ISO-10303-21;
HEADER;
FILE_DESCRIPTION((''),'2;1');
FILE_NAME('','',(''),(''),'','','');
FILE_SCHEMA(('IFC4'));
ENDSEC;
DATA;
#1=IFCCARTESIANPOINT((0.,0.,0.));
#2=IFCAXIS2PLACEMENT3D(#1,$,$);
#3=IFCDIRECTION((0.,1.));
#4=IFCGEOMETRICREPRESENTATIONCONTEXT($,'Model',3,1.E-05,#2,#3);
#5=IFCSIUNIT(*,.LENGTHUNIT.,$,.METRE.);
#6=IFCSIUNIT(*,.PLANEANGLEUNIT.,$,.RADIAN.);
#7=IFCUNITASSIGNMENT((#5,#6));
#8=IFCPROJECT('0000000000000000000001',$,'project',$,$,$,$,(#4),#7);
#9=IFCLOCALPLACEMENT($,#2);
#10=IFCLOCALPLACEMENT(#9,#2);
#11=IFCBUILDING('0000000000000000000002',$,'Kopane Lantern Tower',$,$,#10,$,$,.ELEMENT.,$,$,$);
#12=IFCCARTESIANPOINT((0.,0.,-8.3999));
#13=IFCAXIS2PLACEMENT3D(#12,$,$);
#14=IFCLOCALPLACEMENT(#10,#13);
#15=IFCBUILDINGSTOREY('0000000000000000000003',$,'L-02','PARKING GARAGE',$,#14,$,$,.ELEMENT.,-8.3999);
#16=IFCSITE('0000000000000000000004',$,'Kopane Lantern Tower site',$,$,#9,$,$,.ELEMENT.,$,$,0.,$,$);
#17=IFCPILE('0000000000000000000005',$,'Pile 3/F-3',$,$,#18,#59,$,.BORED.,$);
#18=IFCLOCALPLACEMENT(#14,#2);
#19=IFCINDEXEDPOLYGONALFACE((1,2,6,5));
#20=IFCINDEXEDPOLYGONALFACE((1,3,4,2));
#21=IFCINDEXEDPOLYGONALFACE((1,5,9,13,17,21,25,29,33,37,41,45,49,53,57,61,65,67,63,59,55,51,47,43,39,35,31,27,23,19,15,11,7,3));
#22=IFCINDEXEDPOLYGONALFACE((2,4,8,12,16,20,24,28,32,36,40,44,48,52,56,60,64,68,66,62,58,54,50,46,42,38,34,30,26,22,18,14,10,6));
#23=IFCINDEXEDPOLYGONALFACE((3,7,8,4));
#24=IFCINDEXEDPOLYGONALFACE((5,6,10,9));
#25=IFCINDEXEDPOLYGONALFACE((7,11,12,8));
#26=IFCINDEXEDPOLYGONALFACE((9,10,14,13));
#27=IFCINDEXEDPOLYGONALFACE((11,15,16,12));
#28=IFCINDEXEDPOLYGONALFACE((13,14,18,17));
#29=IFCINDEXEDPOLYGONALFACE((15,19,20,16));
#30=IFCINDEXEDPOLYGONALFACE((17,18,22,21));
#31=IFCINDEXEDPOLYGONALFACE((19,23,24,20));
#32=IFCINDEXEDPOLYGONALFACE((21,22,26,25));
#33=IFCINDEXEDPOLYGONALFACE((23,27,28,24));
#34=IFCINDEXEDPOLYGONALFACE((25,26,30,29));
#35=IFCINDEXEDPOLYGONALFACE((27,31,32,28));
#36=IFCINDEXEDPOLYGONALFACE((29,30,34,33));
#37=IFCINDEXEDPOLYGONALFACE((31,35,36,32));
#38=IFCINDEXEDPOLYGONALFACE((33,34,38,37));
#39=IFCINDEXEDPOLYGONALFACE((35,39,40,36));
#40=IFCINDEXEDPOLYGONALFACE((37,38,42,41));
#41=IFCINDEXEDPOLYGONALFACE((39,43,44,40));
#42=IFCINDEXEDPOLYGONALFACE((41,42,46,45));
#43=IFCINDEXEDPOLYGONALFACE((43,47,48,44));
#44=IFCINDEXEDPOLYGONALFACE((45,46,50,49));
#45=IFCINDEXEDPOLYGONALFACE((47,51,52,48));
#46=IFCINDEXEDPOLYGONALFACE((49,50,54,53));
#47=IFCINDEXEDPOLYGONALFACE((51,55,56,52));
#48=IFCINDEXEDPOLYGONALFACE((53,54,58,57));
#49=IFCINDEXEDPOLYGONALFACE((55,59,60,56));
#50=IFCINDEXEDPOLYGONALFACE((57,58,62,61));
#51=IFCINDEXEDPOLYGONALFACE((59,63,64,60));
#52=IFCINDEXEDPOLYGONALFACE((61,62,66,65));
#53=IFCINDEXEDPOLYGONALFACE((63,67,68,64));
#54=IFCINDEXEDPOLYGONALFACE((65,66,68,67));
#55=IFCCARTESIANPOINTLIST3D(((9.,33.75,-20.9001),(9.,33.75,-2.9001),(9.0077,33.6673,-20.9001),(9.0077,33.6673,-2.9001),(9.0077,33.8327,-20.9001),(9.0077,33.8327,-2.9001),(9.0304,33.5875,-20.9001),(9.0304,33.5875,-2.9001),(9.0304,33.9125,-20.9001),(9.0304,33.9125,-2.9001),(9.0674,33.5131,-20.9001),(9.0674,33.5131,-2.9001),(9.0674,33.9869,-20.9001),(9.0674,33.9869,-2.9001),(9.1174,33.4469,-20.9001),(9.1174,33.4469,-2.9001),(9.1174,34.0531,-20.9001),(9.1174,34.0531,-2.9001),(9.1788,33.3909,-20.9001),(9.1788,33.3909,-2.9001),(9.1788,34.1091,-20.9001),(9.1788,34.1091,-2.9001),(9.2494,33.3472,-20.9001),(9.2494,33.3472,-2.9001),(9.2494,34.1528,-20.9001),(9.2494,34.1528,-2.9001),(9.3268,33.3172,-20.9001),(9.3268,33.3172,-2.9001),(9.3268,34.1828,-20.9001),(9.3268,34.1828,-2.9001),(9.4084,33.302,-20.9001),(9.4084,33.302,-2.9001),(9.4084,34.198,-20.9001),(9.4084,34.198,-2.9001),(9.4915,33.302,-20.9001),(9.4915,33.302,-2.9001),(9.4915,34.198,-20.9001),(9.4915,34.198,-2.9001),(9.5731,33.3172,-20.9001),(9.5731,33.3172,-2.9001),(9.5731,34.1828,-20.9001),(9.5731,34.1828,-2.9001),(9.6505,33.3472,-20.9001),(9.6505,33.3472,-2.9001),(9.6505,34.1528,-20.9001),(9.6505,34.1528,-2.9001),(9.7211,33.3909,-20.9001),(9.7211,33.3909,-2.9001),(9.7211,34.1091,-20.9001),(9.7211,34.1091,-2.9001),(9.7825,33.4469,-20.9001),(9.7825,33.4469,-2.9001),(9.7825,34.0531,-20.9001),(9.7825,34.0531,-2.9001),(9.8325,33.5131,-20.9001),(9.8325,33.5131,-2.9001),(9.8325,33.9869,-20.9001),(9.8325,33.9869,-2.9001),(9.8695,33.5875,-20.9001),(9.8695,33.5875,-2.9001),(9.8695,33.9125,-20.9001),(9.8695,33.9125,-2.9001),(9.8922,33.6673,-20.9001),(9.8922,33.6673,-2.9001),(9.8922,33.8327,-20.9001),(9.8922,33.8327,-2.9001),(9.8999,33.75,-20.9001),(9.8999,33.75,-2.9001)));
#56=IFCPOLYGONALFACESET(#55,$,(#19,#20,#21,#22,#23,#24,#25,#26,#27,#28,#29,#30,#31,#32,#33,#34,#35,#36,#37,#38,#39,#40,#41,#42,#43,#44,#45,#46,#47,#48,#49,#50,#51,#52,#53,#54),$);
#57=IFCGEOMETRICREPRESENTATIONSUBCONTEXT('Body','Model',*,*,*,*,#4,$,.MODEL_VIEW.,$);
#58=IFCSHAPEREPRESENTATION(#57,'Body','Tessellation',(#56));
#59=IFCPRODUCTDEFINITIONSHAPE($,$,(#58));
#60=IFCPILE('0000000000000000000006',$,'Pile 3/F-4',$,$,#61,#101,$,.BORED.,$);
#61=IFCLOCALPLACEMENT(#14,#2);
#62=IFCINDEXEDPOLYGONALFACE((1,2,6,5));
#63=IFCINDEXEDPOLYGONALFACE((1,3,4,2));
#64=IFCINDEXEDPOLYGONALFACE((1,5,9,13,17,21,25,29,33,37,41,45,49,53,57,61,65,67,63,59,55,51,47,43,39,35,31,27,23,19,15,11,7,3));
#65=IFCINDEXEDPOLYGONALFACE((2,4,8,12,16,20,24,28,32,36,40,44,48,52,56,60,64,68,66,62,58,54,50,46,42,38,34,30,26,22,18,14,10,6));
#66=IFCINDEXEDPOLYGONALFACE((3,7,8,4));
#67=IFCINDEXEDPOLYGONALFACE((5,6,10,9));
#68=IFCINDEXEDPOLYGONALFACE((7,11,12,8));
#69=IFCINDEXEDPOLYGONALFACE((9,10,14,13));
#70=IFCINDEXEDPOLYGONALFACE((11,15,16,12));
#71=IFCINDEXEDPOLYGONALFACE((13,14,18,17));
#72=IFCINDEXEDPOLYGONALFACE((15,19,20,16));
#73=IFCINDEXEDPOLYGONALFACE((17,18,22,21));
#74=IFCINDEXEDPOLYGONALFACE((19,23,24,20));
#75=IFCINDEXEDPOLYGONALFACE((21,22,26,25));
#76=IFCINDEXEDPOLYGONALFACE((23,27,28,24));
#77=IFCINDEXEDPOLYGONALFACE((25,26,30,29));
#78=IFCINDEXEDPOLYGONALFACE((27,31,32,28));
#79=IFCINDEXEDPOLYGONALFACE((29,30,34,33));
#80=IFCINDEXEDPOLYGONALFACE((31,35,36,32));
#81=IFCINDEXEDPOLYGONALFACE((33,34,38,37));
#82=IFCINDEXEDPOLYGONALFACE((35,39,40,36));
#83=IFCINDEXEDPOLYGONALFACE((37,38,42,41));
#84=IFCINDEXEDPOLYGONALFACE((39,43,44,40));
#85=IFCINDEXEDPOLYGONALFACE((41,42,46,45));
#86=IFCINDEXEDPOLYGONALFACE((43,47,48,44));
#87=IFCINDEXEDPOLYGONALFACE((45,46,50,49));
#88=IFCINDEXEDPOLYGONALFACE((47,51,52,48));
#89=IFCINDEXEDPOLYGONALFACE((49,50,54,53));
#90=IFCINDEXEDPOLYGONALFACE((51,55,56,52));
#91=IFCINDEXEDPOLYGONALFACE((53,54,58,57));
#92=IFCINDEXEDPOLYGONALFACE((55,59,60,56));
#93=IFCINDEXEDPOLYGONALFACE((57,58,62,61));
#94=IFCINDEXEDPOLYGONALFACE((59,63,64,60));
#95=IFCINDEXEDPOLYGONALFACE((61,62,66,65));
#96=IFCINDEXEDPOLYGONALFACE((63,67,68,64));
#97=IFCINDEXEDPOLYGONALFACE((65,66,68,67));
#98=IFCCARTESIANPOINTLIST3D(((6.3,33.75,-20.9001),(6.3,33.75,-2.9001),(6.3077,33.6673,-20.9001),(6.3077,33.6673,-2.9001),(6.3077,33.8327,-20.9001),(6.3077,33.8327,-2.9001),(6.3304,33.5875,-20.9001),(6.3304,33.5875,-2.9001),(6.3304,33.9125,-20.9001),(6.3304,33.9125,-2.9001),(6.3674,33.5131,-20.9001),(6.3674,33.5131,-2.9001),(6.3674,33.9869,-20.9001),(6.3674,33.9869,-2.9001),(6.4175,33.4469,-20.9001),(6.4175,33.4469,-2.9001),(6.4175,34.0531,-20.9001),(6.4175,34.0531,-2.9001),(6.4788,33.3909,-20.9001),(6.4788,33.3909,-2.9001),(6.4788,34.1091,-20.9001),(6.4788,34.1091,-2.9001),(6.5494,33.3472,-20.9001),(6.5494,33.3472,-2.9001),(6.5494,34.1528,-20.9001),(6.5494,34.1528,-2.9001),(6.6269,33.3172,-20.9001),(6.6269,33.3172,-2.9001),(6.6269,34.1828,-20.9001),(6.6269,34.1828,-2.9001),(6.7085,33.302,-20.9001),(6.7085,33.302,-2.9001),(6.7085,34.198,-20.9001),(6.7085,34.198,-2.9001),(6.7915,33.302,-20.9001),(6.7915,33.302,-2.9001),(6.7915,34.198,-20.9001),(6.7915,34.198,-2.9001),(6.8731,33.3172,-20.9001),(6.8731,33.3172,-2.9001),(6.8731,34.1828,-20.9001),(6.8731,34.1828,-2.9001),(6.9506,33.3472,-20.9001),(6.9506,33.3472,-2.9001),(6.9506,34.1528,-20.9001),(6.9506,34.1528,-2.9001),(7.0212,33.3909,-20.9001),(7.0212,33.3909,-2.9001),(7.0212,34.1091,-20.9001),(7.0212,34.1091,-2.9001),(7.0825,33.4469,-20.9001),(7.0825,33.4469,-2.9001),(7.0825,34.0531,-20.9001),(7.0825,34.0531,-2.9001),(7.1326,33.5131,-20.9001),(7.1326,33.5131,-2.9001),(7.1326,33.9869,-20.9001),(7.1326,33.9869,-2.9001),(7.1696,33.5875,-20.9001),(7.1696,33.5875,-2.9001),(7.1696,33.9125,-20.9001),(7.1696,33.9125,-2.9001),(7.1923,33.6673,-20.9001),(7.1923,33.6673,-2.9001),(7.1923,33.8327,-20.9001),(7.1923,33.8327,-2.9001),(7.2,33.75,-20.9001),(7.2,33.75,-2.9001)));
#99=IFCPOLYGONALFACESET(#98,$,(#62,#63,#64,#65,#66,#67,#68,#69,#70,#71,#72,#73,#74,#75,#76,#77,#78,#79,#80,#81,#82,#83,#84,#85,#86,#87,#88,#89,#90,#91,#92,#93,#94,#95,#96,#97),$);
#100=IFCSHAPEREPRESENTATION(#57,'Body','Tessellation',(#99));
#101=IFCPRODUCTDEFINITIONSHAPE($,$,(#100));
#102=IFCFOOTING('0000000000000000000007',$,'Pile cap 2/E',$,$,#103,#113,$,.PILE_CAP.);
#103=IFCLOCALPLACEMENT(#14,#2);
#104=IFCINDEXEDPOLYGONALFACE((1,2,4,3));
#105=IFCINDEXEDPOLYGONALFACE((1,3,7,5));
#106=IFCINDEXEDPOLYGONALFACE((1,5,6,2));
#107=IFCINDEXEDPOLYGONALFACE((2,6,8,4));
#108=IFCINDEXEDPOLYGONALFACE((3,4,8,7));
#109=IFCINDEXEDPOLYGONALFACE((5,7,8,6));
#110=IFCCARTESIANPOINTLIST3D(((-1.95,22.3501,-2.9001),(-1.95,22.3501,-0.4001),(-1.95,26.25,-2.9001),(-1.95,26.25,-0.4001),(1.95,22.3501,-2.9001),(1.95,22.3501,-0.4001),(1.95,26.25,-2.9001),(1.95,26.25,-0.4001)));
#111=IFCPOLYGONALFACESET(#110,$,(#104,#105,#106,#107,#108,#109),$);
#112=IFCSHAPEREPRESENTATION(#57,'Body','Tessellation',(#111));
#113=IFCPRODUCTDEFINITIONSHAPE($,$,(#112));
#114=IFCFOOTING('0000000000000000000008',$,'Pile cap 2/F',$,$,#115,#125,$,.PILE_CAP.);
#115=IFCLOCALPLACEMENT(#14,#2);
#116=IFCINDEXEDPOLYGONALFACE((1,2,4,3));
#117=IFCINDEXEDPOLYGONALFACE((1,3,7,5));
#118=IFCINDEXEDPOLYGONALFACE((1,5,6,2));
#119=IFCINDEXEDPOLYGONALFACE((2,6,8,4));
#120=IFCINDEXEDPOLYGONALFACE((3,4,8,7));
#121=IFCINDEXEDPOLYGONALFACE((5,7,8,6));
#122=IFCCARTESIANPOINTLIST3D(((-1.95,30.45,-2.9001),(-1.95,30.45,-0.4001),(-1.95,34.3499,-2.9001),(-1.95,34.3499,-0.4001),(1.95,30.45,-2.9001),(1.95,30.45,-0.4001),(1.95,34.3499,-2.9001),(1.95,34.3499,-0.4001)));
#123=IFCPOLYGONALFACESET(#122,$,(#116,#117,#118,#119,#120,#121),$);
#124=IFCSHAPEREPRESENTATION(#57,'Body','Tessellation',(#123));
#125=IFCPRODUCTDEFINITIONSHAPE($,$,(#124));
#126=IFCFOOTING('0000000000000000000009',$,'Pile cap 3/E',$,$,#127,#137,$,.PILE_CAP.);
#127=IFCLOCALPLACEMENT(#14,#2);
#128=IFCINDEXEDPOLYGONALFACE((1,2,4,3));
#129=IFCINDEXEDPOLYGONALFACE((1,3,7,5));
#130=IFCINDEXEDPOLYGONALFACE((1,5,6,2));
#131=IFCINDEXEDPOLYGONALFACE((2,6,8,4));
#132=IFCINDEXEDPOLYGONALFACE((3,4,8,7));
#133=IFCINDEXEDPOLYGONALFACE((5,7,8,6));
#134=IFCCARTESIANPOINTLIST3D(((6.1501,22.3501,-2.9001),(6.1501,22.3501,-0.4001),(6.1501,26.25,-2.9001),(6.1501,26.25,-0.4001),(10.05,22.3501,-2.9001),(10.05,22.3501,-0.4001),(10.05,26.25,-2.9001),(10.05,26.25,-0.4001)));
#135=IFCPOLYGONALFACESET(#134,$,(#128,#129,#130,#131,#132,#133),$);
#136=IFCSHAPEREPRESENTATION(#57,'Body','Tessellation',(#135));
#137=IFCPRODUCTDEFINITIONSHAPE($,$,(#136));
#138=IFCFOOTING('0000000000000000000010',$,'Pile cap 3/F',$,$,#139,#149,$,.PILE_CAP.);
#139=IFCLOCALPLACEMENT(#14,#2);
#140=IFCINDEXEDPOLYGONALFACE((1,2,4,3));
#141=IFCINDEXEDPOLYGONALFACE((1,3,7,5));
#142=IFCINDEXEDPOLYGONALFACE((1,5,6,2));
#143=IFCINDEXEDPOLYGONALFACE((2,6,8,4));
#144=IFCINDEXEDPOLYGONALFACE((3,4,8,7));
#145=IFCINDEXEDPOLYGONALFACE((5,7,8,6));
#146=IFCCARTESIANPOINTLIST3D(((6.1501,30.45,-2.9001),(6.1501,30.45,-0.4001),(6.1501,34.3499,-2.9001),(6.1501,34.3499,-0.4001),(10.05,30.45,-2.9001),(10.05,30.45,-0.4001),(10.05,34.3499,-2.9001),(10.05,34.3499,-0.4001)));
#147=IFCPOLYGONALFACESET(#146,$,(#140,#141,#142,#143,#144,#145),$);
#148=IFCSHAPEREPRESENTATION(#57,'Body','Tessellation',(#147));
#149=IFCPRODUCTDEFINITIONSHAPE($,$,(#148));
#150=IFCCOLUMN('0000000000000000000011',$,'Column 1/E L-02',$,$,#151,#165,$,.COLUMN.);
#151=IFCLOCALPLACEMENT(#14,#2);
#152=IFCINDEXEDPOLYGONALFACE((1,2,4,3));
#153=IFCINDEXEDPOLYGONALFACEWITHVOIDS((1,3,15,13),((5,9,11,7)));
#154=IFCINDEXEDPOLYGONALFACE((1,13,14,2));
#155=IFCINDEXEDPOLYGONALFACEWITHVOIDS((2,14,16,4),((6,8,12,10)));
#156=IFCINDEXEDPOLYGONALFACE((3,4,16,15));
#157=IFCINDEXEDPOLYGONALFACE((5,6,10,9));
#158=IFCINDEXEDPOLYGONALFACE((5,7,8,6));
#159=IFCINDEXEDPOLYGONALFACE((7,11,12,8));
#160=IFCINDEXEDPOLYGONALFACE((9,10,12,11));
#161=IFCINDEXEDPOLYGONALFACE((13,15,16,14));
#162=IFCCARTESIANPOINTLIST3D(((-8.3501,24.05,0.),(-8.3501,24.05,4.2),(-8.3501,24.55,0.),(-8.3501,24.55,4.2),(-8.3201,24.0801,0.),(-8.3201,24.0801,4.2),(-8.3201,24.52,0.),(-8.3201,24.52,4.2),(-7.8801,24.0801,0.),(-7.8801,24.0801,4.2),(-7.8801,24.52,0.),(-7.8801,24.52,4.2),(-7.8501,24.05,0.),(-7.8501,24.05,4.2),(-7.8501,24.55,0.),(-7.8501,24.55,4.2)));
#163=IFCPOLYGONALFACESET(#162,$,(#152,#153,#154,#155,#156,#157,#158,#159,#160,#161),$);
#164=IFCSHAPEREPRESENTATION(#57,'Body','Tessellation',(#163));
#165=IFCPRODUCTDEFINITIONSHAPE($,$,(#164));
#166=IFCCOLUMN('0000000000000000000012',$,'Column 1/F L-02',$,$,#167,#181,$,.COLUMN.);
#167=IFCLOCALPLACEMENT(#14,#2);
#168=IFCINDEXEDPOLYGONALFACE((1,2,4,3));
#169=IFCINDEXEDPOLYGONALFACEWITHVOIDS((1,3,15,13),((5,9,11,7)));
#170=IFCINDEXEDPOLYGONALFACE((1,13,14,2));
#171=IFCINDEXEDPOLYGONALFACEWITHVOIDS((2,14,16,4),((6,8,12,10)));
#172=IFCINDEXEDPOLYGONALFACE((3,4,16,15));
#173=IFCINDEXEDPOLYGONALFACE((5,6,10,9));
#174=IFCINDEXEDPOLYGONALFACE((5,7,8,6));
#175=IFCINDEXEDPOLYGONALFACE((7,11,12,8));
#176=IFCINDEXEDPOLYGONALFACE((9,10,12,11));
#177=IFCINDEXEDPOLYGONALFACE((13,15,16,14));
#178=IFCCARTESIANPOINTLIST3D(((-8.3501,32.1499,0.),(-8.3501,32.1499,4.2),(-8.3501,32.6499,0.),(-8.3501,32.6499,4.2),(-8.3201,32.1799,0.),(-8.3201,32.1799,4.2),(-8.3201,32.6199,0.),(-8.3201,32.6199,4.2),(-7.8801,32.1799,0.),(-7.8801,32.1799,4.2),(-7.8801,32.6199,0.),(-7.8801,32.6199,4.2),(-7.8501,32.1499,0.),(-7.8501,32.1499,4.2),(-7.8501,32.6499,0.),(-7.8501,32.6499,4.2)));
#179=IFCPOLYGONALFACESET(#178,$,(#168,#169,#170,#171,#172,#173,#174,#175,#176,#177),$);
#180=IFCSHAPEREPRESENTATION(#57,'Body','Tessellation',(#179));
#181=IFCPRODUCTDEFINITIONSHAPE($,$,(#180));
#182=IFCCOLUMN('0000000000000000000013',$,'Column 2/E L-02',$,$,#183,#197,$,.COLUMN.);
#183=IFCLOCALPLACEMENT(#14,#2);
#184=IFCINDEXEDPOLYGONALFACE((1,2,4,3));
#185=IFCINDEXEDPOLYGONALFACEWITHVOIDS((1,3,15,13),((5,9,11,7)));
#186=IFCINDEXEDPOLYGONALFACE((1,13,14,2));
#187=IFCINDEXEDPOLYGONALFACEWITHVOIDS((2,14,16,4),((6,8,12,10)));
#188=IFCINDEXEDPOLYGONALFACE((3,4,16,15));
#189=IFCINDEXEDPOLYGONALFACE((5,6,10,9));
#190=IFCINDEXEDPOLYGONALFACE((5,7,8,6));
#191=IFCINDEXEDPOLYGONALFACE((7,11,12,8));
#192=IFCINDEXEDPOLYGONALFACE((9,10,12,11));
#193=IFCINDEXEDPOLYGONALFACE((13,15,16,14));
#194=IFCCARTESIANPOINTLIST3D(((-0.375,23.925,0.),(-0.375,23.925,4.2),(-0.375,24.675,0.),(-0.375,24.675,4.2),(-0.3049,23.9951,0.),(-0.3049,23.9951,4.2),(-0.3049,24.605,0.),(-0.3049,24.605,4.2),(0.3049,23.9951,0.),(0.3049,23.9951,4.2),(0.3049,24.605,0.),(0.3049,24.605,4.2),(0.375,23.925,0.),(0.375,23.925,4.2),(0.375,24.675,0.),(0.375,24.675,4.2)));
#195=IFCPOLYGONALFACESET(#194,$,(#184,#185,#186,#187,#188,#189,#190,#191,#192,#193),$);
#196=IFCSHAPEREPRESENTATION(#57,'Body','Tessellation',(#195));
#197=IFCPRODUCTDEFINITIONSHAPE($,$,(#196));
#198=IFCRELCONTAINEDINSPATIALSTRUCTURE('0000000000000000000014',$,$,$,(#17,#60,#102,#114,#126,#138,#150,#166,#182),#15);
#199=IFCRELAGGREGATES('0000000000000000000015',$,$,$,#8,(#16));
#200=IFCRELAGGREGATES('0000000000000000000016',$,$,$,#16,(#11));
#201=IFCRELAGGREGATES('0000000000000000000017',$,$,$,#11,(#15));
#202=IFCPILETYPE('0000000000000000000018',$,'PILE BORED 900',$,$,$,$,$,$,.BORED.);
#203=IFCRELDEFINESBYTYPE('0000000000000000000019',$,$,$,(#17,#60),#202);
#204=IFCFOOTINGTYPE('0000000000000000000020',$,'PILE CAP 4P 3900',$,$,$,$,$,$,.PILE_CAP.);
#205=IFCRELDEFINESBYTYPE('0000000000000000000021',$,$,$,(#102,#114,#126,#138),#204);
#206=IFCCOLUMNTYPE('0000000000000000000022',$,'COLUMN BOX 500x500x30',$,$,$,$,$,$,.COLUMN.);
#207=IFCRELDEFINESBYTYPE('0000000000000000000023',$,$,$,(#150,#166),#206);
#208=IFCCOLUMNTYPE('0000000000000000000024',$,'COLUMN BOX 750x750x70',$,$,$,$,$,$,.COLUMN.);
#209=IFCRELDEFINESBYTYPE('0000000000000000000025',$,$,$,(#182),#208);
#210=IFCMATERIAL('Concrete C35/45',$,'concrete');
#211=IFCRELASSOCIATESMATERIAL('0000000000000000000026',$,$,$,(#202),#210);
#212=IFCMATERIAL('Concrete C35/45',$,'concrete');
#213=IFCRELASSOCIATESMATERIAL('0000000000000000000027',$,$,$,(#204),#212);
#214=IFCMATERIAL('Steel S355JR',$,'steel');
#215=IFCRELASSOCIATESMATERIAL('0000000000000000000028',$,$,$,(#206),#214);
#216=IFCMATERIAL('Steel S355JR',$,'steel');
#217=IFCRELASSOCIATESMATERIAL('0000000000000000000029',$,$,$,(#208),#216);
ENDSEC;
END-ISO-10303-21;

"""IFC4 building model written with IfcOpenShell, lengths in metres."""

from ifc_helpers import new_model, si_unit, direction, frame, origin, origin_2d, place, context, subcontext, project, spatial, rectangle, hollow_rectangle, circle, extrude, material, material_profile, profile_set, type_object, element, save


model = new_model("IFC4")

# Units and contexts
model_context = context("Model", 3, precision=1e-05, world=origin(), true_north=direction((0.0, 1.0)))
body_context = subcontext(model_context, "Body", "Model", "MODEL_VIEW")
ifc_project = project(units=[si_unit("LENGTHUNIT", "METRE"), si_unit("PLANEANGLEUNIT", "RADIAN")], contexts=[model_context])

# Site, building, storey
site_placement = place(None, origin())
site = spatial("IfcSite", under=ifc_project, at=site_placement, Name="Kopane Lantern Tower site", CompositionType="ELEMENT", RefElevation=0.0)
building_placement = place(site_placement, origin())
building = spatial("IfcBuilding", under=site, at=building_placement, Name="Kopane Lantern Tower", CompositionType="ELEMENT")
storey_placement = place(building_placement, frame((0.0, 0.0, -8.3999)))
storey = spatial("IfcBuildingStorey", under=building, at=storey_placement, Name="L-02", Description="PARKING GARAGE", CompositionType="ELEMENT", Elevation=-8.3999)

# Piles
ifc_material_1 = material(Name="Concrete C35/45", Category="concrete")
ifc_material_profile_1 = material_profile(ifc_material_1, circle(Radius=0.45, at=origin_2d()), Name="D900")
ifc_profile_set_1 = profile_set([ifc_material_profile_1], Name="Concrete C35/45")
pile_type_1 = type_object("IfcPileType", Name="PILE BORED 900", PredefinedType="BORED", material=ifc_profile_set_1)
for number, where, z_axis, x_axis, name in (
    (1, (9.45, 33.75, -2.9001), (0.0, 0.0, -1.0), (1.0, 0.0, 0.0), "Pile 3/F-3"),
    (2, (6.75, 33.75, -2.9001), (0.0, 0.0, -1.0), (1.0, 0.0, 0.0), "Pile 3/F-4"),
):
    element("IfcPile", number, at=place(storey_placement, frame(where, z_axis=z_axis, x_axis=x_axis)), inside=storey, type_object=pile_type_1, Name=name, PredefinedType="BORED", context=body_context, shape_type="SweptSolid", body=[
        extrude(circle(Radius=0.45, at=origin_2d()), origin(), (0.0, 0.0, 1.0), 18.0),
    ])

# Footings
ifc_material_2 = material(Name="Concrete C35/45", Category="concrete")
footing_type_1 = type_object("IfcFootingType", Name="PILE CAP 4P 3900", PredefinedType="PILE_CAP", material=ifc_material_2)
for number, where, z_axis, x_axis, name in (
    (3, (0.0, 24.3, -2.9001), (0.0, 0.0, 1.0), (1.0, 0.0, 0.0), "Pile cap 2/E"),
    (4, (0.0, 32.3999, -2.9001), (0.0, 0.0, 1.0), (1.0, 0.0, 0.0), "Pile cap 2/F"),
    (5, (8.1001, 24.3, -2.9001), (0.0, 0.0, 1.0), (1.0, 0.0, 0.0), "Pile cap 3/E"),
    (6, (8.1001, 32.3999, -2.9001), (0.0, 0.0, 1.0), (1.0, 0.0, 0.0), "Pile cap 3/F"),
):
    element("IfcFooting", number, at=place(storey_placement, frame(where, z_axis=z_axis, x_axis=x_axis)), inside=storey, type_object=footing_type_1, Name=name, PredefinedType="PILE_CAP", context=body_context, shape_type="SweptSolid", body=[
        extrude(rectangle(XDim=3.8999, YDim=3.8999, at=origin_2d()), origin(), (0.0, 0.0, 1.0), 2.5),
    ])

# Columns
ifc_material_3 = material(Name="Steel S355JR", Category="steel")
ifc_material_profile_2 = material_profile(ifc_material_3, hollow_rectangle(XDim=0.5, YDim=0.5, WallThickness=0.03, at=origin_2d()), Name="BOX 500x500x30")
ifc_profile_set_2 = profile_set([ifc_material_profile_2], Name="Steel S355JR")
column_type_1 = type_object("IfcColumnType", Name="COLUMN BOX 500x500x30", PredefinedType="COLUMN", material=ifc_profile_set_2)
for number, where, z_axis, x_axis, name in (
    (7, (-8.1001, 24.3, 0.0), (0.0, 0.0, 1.0), (1.0, 0.0, 0.0), "Column 1/E L-02"),
    (8, (-8.1001, 32.3999, 0.0), (0.0, 0.0, 1.0), (1.0, 0.0, 0.0), "Column 1/F L-02"),
):
    element("IfcColumn", number, at=place(storey_placement, frame(where, z_axis=z_axis, x_axis=x_axis)), inside=storey, type_object=column_type_1, Name=name, PredefinedType="COLUMN", context=body_context, shape_type="SweptSolid", body=[
        extrude(hollow_rectangle(XDim=0.5, YDim=0.5, WallThickness=0.03, at=origin_2d()), origin(), (0.0, 0.0, 1.0), 4.2),
    ])
ifc_material_4 = material(Name="Steel S355JR", Category="steel")
ifc_material_profile_3 = material_profile(ifc_material_4, hollow_rectangle(XDim=0.75, YDim=0.75, WallThickness=0.0701, at=origin_2d()), Name="BOX 750x750x70")
ifc_profile_set_3 = profile_set([ifc_material_profile_3], Name="Steel S355JR")
column_type_2 = type_object("IfcColumnType", Name="COLUMN BOX 750x750x70", PredefinedType="COLUMN", material=ifc_profile_set_3)
for number, where, z_axis, x_axis, name in (
    (9, (0.0, 24.3, 0.0), (0.0, 0.0, 1.0), (1.0, 0.0, 0.0), "Column 2/E L-02"),
):
    element("IfcColumn", number, at=place(storey_placement, frame(where, z_axis=z_axis, x_axis=x_axis)), inside=storey, type_object=column_type_2, Name=name, PredefinedType="COLUMN", context=body_context, shape_type="SweptSolid", body=[
        extrude(hollow_rectangle(XDim=0.75, YDim=0.75, WallThickness=0.0701, at=origin_2d()), origin(), (0.0, 0.0, 1.0), 4.2),
    ])

save(model, "model.ifc")
